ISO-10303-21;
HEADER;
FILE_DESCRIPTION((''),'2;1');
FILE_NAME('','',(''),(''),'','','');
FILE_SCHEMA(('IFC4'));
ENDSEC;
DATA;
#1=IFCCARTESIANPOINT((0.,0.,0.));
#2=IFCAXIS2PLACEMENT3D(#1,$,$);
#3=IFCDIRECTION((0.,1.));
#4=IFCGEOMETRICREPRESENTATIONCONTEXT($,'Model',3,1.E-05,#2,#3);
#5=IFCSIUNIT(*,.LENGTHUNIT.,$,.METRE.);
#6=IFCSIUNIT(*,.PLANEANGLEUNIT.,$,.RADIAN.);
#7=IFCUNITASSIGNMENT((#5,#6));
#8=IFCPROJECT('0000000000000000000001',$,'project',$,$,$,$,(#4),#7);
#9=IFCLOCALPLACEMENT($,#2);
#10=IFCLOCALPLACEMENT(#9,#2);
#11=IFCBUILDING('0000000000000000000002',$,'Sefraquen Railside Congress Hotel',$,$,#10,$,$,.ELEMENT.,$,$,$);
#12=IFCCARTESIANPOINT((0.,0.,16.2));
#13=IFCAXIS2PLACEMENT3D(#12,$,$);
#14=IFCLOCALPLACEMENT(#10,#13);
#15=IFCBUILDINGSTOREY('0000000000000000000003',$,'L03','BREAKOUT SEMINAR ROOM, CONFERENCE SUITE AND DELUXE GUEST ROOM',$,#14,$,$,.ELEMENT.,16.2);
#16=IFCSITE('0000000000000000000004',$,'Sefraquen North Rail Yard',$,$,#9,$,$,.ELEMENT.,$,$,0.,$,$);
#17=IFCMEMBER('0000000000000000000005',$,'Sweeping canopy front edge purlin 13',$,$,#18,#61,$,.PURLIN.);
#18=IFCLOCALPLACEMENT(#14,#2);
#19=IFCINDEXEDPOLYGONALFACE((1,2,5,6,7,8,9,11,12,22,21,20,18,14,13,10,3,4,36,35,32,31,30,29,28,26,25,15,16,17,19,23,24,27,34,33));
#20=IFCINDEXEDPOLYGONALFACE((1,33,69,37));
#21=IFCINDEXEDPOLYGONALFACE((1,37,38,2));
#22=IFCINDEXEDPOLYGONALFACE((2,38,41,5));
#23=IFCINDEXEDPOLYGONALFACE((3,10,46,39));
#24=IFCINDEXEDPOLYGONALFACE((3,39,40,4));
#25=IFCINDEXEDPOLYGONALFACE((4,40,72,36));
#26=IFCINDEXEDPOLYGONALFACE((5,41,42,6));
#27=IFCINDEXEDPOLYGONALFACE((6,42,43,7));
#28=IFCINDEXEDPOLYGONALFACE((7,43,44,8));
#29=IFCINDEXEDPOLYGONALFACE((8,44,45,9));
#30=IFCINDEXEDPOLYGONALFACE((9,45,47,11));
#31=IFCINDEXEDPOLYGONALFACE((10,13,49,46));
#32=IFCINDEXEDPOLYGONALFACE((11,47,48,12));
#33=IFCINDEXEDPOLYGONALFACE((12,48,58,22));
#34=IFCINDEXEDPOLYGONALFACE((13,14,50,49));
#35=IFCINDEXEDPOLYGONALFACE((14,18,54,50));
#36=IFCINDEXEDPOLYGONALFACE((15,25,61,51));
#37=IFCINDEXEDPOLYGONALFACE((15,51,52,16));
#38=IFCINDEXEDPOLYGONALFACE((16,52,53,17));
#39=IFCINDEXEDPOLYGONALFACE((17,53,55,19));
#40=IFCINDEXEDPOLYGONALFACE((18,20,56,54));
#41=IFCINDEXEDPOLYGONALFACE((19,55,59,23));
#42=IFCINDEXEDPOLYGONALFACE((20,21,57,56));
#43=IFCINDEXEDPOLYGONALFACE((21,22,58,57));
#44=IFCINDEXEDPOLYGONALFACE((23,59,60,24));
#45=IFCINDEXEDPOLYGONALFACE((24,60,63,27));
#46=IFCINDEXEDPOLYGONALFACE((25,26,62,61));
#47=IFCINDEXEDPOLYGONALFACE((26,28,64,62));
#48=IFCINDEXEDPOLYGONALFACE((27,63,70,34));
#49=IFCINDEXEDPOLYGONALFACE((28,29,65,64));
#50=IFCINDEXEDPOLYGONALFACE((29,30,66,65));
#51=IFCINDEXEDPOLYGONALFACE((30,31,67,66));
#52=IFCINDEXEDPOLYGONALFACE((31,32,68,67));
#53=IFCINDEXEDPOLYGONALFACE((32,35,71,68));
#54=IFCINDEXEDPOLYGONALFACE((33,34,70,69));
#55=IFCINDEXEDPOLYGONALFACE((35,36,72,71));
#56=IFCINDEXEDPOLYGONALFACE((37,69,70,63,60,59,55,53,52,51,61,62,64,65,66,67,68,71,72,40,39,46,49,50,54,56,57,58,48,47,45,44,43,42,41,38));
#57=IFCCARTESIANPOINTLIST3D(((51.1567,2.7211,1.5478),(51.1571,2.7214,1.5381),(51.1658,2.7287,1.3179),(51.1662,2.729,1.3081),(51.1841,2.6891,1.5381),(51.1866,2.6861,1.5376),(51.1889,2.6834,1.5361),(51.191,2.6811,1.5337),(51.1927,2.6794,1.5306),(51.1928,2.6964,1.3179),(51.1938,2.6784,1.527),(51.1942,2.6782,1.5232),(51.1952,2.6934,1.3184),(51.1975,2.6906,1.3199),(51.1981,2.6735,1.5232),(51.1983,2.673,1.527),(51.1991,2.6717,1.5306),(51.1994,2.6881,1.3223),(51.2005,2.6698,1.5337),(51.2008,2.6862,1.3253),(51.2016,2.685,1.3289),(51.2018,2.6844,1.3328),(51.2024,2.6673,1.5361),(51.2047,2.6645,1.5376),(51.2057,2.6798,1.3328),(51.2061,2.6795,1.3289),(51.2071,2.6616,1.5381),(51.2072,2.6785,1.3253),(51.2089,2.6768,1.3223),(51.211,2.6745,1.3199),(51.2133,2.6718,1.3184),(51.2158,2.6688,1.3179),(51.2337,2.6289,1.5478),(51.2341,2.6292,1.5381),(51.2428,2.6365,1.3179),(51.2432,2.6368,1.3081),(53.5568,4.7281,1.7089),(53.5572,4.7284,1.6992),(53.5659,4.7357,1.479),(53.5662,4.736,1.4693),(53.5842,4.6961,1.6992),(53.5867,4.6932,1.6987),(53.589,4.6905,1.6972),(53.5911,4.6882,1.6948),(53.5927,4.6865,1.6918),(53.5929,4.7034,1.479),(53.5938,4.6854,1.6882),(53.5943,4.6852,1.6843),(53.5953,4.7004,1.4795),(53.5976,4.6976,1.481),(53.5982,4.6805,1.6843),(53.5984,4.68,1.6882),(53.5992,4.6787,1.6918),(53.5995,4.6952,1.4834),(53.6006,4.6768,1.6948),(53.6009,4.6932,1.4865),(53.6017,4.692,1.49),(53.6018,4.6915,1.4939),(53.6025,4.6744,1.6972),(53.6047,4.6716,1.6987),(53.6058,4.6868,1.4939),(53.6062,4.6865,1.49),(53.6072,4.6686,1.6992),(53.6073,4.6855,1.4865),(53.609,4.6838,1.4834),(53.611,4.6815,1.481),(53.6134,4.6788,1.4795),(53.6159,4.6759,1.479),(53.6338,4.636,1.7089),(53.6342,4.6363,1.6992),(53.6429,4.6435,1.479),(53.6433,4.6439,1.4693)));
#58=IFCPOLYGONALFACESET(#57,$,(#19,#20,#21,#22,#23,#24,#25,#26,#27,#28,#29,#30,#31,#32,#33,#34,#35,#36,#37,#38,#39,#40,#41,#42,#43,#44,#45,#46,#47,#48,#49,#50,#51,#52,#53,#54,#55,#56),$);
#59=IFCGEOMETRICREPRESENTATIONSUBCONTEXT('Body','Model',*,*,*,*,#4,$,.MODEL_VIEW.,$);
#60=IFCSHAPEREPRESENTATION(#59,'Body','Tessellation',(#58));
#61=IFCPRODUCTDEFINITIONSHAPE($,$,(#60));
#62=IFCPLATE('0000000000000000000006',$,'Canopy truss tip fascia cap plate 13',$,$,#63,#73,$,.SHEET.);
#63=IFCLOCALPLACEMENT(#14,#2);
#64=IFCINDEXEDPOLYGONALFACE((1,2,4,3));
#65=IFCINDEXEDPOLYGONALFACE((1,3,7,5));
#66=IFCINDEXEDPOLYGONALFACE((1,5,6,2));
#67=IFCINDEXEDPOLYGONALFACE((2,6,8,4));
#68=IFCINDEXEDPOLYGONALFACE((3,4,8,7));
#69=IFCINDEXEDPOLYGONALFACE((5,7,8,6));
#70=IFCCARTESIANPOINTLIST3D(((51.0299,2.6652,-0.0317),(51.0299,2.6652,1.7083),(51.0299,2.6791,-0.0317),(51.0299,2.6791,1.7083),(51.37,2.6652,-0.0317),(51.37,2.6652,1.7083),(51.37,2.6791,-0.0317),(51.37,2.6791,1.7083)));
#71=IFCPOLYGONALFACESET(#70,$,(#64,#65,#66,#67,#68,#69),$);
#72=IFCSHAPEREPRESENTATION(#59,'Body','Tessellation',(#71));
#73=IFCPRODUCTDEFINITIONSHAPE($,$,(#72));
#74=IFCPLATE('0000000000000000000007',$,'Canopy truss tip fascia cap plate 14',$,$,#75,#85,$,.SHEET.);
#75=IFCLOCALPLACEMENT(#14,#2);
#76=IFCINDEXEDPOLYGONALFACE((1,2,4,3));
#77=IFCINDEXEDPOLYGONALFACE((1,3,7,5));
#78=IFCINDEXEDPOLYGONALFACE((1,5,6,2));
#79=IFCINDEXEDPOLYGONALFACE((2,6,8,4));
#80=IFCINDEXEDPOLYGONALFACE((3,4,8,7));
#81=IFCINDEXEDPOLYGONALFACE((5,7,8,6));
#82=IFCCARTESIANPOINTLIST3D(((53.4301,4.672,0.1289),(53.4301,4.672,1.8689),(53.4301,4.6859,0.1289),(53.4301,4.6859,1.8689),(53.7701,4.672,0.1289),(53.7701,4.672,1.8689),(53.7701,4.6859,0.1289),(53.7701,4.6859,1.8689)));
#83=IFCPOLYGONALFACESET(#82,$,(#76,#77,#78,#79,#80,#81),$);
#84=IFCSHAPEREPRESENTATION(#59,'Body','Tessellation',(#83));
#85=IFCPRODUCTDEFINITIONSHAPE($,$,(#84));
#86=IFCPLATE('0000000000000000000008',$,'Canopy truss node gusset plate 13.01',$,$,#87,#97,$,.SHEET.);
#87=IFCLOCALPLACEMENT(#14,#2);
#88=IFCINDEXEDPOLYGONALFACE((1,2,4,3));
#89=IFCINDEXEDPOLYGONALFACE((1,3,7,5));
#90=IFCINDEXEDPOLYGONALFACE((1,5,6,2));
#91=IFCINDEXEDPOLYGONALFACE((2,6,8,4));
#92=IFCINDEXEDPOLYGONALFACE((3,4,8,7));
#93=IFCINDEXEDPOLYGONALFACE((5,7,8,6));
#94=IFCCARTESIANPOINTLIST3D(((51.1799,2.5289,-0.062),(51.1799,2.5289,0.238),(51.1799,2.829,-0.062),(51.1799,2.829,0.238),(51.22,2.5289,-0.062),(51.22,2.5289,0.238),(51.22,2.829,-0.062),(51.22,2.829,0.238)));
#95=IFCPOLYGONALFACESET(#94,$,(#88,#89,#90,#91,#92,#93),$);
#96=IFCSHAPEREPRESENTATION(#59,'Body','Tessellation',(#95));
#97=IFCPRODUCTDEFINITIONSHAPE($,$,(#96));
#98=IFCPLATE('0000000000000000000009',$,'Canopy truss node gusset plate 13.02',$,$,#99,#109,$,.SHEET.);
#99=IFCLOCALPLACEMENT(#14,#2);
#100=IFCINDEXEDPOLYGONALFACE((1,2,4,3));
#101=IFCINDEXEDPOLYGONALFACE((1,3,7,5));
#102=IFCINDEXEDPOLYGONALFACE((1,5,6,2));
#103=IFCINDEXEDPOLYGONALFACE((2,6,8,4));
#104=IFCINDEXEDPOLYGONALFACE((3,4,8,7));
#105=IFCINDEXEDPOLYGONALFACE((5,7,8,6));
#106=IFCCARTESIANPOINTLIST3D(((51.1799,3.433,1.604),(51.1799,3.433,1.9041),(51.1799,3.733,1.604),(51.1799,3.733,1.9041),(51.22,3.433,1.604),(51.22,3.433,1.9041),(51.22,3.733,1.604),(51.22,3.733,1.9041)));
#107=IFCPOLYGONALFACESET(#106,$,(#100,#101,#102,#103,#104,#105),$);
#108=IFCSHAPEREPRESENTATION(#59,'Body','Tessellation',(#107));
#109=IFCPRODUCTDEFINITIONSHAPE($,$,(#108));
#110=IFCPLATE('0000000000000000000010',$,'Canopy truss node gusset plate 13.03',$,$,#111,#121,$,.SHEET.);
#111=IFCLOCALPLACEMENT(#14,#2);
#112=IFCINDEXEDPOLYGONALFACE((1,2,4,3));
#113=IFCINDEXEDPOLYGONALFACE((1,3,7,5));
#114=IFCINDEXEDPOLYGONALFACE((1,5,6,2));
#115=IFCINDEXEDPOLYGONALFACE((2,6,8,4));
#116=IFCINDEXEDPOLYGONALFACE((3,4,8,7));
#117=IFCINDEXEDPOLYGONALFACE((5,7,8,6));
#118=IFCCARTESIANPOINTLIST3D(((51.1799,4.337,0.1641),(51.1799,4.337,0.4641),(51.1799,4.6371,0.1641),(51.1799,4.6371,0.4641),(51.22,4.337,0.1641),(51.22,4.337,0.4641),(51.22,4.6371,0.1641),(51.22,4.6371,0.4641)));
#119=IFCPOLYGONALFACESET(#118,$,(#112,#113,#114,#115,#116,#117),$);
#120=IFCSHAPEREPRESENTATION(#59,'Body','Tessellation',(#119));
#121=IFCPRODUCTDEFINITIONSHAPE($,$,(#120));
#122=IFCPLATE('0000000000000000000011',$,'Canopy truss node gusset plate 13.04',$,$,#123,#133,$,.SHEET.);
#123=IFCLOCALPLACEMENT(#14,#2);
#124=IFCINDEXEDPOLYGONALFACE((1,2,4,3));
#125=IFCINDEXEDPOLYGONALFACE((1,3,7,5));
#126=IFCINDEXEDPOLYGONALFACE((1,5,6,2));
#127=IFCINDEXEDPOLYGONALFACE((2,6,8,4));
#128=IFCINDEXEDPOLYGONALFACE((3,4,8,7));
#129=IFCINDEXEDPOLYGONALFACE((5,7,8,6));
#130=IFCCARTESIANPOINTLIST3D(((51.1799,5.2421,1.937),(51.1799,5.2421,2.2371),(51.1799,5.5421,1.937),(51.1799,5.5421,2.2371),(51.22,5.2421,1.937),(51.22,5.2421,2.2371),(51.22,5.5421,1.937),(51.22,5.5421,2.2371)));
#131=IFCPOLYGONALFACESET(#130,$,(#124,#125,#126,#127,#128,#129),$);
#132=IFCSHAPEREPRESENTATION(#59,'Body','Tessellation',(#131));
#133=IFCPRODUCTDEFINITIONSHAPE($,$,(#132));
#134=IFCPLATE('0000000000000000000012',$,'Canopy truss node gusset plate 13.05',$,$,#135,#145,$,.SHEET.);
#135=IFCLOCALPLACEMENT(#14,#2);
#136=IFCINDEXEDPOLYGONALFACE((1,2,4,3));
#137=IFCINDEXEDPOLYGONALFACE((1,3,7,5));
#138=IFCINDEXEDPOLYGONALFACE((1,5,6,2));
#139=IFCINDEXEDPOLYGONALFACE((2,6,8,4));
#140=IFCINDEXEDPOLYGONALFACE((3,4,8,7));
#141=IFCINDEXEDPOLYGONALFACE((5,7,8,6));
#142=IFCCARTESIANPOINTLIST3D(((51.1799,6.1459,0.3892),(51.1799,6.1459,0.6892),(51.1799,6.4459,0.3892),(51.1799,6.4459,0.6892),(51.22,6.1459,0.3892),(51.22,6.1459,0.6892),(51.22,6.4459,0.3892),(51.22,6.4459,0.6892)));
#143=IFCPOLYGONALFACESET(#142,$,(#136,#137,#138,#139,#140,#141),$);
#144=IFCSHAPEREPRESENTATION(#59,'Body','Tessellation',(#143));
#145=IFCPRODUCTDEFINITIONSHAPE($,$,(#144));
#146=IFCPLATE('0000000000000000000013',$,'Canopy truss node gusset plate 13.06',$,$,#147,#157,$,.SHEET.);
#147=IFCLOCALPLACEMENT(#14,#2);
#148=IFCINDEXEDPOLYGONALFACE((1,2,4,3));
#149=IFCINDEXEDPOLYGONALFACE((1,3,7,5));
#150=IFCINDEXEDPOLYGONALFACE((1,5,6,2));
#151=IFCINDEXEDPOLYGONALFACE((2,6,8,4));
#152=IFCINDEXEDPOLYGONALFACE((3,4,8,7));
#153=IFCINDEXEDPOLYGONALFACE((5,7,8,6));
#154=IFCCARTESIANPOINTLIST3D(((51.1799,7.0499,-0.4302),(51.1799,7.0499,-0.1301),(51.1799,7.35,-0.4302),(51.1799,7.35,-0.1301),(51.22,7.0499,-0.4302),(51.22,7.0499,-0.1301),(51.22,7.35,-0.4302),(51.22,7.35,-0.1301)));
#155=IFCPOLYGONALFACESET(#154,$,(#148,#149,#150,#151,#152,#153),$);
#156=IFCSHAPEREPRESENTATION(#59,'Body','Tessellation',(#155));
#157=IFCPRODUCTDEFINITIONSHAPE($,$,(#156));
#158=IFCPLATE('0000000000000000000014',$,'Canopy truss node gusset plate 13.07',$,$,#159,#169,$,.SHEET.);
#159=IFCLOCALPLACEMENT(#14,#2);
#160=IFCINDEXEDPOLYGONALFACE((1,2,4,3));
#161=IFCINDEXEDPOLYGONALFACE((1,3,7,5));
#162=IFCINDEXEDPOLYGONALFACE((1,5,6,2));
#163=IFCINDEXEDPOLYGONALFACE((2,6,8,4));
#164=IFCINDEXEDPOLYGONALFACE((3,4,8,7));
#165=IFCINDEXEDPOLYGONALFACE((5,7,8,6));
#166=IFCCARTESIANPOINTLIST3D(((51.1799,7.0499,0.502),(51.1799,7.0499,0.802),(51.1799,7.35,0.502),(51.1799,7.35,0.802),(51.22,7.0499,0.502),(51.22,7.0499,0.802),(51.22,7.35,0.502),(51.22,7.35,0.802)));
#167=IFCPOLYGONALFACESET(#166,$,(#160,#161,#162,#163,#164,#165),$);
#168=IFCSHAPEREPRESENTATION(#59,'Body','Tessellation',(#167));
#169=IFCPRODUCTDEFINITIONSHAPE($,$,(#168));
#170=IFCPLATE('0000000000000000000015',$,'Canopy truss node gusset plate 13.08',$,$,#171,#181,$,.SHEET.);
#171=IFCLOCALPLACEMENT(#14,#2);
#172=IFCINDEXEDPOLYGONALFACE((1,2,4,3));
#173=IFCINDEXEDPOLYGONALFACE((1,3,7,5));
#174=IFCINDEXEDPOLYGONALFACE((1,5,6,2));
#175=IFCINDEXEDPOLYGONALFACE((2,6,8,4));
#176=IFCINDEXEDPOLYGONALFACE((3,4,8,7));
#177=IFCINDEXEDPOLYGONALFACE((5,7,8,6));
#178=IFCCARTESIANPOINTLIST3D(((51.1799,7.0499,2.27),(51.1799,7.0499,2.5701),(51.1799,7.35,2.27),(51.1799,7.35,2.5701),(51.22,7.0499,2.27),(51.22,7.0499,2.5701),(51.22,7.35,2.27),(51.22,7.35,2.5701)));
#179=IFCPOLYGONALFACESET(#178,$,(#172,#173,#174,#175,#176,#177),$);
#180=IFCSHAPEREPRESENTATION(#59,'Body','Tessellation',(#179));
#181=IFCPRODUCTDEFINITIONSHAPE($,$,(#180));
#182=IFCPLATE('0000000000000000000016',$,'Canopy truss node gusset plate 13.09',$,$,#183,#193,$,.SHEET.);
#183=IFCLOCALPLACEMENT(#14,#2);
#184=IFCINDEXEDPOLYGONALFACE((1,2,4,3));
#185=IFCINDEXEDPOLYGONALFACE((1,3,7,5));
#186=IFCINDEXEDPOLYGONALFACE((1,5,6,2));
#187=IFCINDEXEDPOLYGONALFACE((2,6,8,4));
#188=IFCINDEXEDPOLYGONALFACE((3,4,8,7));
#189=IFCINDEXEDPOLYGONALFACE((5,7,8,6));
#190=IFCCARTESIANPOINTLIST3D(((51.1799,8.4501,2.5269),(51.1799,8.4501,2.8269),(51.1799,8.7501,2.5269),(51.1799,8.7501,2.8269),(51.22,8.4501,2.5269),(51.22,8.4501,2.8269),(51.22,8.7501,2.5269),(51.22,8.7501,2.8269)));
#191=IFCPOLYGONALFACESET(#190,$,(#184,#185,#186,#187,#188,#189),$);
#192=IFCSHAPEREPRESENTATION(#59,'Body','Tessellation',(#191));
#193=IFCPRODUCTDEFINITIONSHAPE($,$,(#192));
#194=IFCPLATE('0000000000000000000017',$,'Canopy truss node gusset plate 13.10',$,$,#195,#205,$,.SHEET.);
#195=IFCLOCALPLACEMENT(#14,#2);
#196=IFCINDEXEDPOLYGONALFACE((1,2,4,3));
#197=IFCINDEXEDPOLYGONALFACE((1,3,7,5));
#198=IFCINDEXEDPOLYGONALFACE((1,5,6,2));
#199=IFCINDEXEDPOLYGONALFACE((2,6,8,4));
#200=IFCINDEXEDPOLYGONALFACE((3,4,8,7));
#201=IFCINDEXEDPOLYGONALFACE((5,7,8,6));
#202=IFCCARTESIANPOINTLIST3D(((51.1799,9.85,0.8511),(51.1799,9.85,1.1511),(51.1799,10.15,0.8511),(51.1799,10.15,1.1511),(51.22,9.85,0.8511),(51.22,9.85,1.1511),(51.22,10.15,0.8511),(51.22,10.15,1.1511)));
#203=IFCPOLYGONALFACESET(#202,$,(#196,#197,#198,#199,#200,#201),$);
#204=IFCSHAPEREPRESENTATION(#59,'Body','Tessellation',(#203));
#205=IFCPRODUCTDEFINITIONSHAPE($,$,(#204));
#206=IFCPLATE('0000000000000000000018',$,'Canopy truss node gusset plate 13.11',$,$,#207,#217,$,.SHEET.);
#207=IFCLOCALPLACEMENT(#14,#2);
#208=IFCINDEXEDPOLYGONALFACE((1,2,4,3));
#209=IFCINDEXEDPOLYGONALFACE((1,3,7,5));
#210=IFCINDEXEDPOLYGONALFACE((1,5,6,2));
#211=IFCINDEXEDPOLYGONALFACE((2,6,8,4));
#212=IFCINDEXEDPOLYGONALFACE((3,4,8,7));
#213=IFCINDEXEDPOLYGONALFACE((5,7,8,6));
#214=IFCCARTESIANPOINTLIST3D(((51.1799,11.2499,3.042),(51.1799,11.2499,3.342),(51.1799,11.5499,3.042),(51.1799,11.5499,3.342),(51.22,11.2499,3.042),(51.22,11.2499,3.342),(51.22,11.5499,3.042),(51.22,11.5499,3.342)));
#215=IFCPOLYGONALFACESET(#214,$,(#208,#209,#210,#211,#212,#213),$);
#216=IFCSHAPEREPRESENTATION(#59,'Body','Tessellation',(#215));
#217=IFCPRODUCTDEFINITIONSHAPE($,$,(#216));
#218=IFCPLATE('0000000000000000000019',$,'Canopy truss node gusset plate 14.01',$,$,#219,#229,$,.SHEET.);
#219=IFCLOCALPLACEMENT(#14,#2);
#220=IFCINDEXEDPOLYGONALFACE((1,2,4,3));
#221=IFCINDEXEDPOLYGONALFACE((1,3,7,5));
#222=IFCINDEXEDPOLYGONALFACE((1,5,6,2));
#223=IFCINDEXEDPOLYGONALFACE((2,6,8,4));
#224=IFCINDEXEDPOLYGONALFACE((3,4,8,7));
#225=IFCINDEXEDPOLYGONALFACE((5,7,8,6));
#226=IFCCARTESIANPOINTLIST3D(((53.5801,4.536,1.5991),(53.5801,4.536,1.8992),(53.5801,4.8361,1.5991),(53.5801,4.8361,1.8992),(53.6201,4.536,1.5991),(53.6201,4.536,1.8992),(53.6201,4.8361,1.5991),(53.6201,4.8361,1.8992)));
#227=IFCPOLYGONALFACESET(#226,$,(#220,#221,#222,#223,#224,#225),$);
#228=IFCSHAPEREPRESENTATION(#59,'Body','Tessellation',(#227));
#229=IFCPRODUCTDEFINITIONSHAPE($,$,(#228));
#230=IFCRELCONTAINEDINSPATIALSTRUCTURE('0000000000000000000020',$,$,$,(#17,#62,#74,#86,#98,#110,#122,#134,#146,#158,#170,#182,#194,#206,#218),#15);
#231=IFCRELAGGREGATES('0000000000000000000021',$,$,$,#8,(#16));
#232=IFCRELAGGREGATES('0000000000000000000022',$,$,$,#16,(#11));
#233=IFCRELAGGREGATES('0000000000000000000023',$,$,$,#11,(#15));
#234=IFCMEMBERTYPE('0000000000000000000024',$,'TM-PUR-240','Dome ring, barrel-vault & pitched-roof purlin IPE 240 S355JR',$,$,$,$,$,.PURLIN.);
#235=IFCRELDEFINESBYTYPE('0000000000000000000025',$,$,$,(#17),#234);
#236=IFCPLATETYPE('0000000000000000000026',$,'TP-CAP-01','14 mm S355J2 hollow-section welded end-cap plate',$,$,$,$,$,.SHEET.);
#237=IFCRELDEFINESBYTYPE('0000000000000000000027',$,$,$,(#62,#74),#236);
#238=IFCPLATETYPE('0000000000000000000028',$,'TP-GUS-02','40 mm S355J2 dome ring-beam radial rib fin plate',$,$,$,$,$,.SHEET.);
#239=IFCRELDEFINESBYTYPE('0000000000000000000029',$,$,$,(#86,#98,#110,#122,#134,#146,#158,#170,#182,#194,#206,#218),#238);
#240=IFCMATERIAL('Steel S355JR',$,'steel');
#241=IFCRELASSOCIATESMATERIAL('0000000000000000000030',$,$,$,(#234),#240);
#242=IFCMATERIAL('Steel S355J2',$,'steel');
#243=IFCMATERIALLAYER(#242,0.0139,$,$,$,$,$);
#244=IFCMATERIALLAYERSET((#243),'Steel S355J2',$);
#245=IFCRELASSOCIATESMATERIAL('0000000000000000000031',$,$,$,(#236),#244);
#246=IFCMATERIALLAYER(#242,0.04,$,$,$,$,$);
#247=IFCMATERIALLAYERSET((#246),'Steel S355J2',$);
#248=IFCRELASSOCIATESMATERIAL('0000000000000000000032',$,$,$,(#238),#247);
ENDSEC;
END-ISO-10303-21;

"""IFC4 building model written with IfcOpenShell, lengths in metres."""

from ifc_helpers import new_model, si_unit, direction, frame, origin, origin_2d, place, context, subcontext, project, spatial, rectangle, i_section, extrude, material, layer, layer_set, material_profile, profile_set, type_object, element, save


model = new_model("IFC4")

# Units and contexts
model_context = context("Model", 3, precision=1e-05, world=origin(), true_north=direction((0.0, 1.0)))
body_context = subcontext(model_context, "Body", "Model", "MODEL_VIEW")
ifc_project = project(units=[si_unit("LENGTHUNIT", "METRE"), si_unit("PLANEANGLEUNIT", "RADIAN")], contexts=[model_context])

# Site, building, storey
site_placement = place(None, origin())
site = spatial("IfcSite", under=ifc_project, at=site_placement, Name="Sefraquen North Rail Yard", CompositionType="ELEMENT", RefElevation=0.0)
building_placement = place(site_placement, origin())
building = spatial("IfcBuilding", under=site, at=building_placement, Name="Sefraquen Railside Congress Hotel", CompositionType="ELEMENT")
storey_placement = place(building_placement, frame((0.0, 0.0, 16.2)))
storey = spatial("IfcBuildingStorey", under=building, at=storey_placement, Name="L03", Description="BREAKOUT SEMINAR ROOM, CONFERENCE SUITE AND DELUXE GUEST ROOM", CompositionType="ELEMENT", Elevation=16.2)

# Member
ifc_material_1 = material(Name="Steel S355J2", Category="steel")
ifc_material_2 = material(Name="Steel S355JR", Category="steel")
ifc_material_profile_1 = material_profile(ifc_material_2, i_section(OverallWidth=0.1201, OverallDepth=0.24, WebThickness=0.0061, FlangeThickness=0.0098, FilletRadius=0.0149, at=origin_2d()), Name="IPE 240")
ifc_profile_set_1 = profile_set([ifc_material_profile_1], Name="Steel S355JR")
member_type_1 = type_object("IfcMemberType", Name="TM-PUR-240", Description="Dome ring, barrel-vault & pitched-roof purlin IPE 240 S355JR", PredefinedType="PURLIN", material=ifc_profile_set_1)
member_1_placement = place(storey_placement, frame((51.2, 2.679, 1.428), z_axis=(0.766111, 0.640647, 0.051433), x_axis=(-0.641496, 0.767126, 0.0)))
element("IfcMember", 1, at=member_1_placement, inside=storey, type_object=member_type_1, Name="Sweeping canopy front edge purlin 13", PredefinedType="PURLIN", context=body_context, shape_type="SweptSolid", body=[
    extrude(i_section(OverallWidth=0.1201, OverallDepth=0.24, WebThickness=0.0061, FlangeThickness=0.0098, FilletRadius=0.0149, at=origin_2d()), origin(), (0.0, 0.0, 1.0), 3.1328),
])

# Plates
ifc_layer_1 = layer(ifc_material_1, 0.0139)
ifc_layer_set_1 = layer_set([ifc_layer_1], Name="Steel S355J2")
plate_type_1 = type_object("IfcPlateType", Name="TP-CAP-01", Description="14 mm S355J2 hollow-section welded end-cap plate", PredefinedType="SHEET", material=ifc_layer_set_1)
for number, where, z_axis, x_axis, name in (
    (2, (51.2, 2.6721, -0.0317), (0.0, 0.0, 1.0), (1.0, 0.0, 0.0), "Canopy truss tip fascia cap plate 13"),
    (3, (53.6001, 4.679, 0.1289), (0.0, 0.0, 1.0), (1.0, 0.0, 0.0), "Canopy truss tip fascia cap plate 14"),
):
    element("IfcPlate", number, at=place(storey_placement, frame(where, z_axis=z_axis, x_axis=x_axis)), inside=storey, type_object=plate_type_1, Name=name, PredefinedType="SHEET", context=body_context, shape_type="SweptSolid", body=[
        extrude(rectangle(XDim=0.3401, YDim=0.0139, at=origin_2d()), origin(), (0.0, 0.0, 1.0), 1.74),
    ])
ifc_layer_2 = layer(ifc_material_1, 0.04)
ifc_layer_set_2 = layer_set([ifc_layer_2], Name="Steel S355J2")
plate_type_2 = type_object("IfcPlateType", Name="TP-GUS-02", Description="40 mm S355J2 dome ring-beam radial rib fin plate", PredefinedType="SHEET", material=ifc_layer_set_2)
for number, where, z_axis, x_axis, name in (
    (4, (51.2, 2.679, -0.062), (0.0, 0.0, 1.0), (1.0, 0.0, 0.0), "Canopy truss node gusset plate 13.01"),
    (5, (51.2, 3.583, 1.604), (0.0, 0.0, 1.0), (1.0, 0.0, 0.0), "Canopy truss node gusset plate 13.02"),
    (6, (51.2, 4.4871, 0.1641), (0.0, 0.0, 1.0), (1.0, 0.0, 0.0), "Canopy truss node gusset plate 13.03"),
    (7, (51.2, 5.3921, 1.937), (0.0, 0.0, 1.0), (1.0, 0.0, 0.0), "Canopy truss node gusset plate 13.04"),
    (8, (51.2, 6.2959, 0.3892), (0.0, 0.0, 1.0), (1.0, 0.0, 0.0), "Canopy truss node gusset plate 13.05"),
    (9, (51.2, 7.2, -0.4302), (0.0, 0.0, 1.0), (1.0, 0.0, 0.0), "Canopy truss node gusset plate 13.06"),
    (10, (51.2, 7.2, 0.502), (0.0, 0.0, 1.0), (1.0, 0.0, 0.0), "Canopy truss node gusset plate 13.07"),
    (11, (51.2, 7.2, 2.27), (0.0, 0.0, 1.0), (1.0, 0.0, 0.0), "Canopy truss node gusset plate 13.08"),
    (12, (51.2, 8.6001, 2.5269), (0.0, 0.0, 1.0), (1.0, 0.0, 0.0), "Canopy truss node gusset plate 13.09"),
    (13, (51.2, 10.0, 0.8511), (0.0, 0.0, 1.0), (1.0, 0.0, 0.0), "Canopy truss node gusset plate 13.10"),
    (14, (51.2, 11.3999, 3.042), (0.0, 0.0, 1.0), (1.0, 0.0, 0.0), "Canopy truss node gusset plate 13.11"),
    (15, (53.6001, 4.686, 1.5991), (0.0, 0.0, 1.0), (1.0, 0.0, 0.0), "Canopy truss node gusset plate 14.01"),
):
    element("IfcPlate", number, at=place(storey_placement, frame(where, z_axis=z_axis, x_axis=x_axis)), inside=storey, type_object=plate_type_2, Name=name, PredefinedType="SHEET", context=body_context, shape_type="SweptSolid", body=[
        extrude(rectangle(XDim=0.04, YDim=0.3, at=origin_2d()), origin(), (0.0, 0.0, 1.0), 0.3),
    ])

save(model, "model.ifc")
